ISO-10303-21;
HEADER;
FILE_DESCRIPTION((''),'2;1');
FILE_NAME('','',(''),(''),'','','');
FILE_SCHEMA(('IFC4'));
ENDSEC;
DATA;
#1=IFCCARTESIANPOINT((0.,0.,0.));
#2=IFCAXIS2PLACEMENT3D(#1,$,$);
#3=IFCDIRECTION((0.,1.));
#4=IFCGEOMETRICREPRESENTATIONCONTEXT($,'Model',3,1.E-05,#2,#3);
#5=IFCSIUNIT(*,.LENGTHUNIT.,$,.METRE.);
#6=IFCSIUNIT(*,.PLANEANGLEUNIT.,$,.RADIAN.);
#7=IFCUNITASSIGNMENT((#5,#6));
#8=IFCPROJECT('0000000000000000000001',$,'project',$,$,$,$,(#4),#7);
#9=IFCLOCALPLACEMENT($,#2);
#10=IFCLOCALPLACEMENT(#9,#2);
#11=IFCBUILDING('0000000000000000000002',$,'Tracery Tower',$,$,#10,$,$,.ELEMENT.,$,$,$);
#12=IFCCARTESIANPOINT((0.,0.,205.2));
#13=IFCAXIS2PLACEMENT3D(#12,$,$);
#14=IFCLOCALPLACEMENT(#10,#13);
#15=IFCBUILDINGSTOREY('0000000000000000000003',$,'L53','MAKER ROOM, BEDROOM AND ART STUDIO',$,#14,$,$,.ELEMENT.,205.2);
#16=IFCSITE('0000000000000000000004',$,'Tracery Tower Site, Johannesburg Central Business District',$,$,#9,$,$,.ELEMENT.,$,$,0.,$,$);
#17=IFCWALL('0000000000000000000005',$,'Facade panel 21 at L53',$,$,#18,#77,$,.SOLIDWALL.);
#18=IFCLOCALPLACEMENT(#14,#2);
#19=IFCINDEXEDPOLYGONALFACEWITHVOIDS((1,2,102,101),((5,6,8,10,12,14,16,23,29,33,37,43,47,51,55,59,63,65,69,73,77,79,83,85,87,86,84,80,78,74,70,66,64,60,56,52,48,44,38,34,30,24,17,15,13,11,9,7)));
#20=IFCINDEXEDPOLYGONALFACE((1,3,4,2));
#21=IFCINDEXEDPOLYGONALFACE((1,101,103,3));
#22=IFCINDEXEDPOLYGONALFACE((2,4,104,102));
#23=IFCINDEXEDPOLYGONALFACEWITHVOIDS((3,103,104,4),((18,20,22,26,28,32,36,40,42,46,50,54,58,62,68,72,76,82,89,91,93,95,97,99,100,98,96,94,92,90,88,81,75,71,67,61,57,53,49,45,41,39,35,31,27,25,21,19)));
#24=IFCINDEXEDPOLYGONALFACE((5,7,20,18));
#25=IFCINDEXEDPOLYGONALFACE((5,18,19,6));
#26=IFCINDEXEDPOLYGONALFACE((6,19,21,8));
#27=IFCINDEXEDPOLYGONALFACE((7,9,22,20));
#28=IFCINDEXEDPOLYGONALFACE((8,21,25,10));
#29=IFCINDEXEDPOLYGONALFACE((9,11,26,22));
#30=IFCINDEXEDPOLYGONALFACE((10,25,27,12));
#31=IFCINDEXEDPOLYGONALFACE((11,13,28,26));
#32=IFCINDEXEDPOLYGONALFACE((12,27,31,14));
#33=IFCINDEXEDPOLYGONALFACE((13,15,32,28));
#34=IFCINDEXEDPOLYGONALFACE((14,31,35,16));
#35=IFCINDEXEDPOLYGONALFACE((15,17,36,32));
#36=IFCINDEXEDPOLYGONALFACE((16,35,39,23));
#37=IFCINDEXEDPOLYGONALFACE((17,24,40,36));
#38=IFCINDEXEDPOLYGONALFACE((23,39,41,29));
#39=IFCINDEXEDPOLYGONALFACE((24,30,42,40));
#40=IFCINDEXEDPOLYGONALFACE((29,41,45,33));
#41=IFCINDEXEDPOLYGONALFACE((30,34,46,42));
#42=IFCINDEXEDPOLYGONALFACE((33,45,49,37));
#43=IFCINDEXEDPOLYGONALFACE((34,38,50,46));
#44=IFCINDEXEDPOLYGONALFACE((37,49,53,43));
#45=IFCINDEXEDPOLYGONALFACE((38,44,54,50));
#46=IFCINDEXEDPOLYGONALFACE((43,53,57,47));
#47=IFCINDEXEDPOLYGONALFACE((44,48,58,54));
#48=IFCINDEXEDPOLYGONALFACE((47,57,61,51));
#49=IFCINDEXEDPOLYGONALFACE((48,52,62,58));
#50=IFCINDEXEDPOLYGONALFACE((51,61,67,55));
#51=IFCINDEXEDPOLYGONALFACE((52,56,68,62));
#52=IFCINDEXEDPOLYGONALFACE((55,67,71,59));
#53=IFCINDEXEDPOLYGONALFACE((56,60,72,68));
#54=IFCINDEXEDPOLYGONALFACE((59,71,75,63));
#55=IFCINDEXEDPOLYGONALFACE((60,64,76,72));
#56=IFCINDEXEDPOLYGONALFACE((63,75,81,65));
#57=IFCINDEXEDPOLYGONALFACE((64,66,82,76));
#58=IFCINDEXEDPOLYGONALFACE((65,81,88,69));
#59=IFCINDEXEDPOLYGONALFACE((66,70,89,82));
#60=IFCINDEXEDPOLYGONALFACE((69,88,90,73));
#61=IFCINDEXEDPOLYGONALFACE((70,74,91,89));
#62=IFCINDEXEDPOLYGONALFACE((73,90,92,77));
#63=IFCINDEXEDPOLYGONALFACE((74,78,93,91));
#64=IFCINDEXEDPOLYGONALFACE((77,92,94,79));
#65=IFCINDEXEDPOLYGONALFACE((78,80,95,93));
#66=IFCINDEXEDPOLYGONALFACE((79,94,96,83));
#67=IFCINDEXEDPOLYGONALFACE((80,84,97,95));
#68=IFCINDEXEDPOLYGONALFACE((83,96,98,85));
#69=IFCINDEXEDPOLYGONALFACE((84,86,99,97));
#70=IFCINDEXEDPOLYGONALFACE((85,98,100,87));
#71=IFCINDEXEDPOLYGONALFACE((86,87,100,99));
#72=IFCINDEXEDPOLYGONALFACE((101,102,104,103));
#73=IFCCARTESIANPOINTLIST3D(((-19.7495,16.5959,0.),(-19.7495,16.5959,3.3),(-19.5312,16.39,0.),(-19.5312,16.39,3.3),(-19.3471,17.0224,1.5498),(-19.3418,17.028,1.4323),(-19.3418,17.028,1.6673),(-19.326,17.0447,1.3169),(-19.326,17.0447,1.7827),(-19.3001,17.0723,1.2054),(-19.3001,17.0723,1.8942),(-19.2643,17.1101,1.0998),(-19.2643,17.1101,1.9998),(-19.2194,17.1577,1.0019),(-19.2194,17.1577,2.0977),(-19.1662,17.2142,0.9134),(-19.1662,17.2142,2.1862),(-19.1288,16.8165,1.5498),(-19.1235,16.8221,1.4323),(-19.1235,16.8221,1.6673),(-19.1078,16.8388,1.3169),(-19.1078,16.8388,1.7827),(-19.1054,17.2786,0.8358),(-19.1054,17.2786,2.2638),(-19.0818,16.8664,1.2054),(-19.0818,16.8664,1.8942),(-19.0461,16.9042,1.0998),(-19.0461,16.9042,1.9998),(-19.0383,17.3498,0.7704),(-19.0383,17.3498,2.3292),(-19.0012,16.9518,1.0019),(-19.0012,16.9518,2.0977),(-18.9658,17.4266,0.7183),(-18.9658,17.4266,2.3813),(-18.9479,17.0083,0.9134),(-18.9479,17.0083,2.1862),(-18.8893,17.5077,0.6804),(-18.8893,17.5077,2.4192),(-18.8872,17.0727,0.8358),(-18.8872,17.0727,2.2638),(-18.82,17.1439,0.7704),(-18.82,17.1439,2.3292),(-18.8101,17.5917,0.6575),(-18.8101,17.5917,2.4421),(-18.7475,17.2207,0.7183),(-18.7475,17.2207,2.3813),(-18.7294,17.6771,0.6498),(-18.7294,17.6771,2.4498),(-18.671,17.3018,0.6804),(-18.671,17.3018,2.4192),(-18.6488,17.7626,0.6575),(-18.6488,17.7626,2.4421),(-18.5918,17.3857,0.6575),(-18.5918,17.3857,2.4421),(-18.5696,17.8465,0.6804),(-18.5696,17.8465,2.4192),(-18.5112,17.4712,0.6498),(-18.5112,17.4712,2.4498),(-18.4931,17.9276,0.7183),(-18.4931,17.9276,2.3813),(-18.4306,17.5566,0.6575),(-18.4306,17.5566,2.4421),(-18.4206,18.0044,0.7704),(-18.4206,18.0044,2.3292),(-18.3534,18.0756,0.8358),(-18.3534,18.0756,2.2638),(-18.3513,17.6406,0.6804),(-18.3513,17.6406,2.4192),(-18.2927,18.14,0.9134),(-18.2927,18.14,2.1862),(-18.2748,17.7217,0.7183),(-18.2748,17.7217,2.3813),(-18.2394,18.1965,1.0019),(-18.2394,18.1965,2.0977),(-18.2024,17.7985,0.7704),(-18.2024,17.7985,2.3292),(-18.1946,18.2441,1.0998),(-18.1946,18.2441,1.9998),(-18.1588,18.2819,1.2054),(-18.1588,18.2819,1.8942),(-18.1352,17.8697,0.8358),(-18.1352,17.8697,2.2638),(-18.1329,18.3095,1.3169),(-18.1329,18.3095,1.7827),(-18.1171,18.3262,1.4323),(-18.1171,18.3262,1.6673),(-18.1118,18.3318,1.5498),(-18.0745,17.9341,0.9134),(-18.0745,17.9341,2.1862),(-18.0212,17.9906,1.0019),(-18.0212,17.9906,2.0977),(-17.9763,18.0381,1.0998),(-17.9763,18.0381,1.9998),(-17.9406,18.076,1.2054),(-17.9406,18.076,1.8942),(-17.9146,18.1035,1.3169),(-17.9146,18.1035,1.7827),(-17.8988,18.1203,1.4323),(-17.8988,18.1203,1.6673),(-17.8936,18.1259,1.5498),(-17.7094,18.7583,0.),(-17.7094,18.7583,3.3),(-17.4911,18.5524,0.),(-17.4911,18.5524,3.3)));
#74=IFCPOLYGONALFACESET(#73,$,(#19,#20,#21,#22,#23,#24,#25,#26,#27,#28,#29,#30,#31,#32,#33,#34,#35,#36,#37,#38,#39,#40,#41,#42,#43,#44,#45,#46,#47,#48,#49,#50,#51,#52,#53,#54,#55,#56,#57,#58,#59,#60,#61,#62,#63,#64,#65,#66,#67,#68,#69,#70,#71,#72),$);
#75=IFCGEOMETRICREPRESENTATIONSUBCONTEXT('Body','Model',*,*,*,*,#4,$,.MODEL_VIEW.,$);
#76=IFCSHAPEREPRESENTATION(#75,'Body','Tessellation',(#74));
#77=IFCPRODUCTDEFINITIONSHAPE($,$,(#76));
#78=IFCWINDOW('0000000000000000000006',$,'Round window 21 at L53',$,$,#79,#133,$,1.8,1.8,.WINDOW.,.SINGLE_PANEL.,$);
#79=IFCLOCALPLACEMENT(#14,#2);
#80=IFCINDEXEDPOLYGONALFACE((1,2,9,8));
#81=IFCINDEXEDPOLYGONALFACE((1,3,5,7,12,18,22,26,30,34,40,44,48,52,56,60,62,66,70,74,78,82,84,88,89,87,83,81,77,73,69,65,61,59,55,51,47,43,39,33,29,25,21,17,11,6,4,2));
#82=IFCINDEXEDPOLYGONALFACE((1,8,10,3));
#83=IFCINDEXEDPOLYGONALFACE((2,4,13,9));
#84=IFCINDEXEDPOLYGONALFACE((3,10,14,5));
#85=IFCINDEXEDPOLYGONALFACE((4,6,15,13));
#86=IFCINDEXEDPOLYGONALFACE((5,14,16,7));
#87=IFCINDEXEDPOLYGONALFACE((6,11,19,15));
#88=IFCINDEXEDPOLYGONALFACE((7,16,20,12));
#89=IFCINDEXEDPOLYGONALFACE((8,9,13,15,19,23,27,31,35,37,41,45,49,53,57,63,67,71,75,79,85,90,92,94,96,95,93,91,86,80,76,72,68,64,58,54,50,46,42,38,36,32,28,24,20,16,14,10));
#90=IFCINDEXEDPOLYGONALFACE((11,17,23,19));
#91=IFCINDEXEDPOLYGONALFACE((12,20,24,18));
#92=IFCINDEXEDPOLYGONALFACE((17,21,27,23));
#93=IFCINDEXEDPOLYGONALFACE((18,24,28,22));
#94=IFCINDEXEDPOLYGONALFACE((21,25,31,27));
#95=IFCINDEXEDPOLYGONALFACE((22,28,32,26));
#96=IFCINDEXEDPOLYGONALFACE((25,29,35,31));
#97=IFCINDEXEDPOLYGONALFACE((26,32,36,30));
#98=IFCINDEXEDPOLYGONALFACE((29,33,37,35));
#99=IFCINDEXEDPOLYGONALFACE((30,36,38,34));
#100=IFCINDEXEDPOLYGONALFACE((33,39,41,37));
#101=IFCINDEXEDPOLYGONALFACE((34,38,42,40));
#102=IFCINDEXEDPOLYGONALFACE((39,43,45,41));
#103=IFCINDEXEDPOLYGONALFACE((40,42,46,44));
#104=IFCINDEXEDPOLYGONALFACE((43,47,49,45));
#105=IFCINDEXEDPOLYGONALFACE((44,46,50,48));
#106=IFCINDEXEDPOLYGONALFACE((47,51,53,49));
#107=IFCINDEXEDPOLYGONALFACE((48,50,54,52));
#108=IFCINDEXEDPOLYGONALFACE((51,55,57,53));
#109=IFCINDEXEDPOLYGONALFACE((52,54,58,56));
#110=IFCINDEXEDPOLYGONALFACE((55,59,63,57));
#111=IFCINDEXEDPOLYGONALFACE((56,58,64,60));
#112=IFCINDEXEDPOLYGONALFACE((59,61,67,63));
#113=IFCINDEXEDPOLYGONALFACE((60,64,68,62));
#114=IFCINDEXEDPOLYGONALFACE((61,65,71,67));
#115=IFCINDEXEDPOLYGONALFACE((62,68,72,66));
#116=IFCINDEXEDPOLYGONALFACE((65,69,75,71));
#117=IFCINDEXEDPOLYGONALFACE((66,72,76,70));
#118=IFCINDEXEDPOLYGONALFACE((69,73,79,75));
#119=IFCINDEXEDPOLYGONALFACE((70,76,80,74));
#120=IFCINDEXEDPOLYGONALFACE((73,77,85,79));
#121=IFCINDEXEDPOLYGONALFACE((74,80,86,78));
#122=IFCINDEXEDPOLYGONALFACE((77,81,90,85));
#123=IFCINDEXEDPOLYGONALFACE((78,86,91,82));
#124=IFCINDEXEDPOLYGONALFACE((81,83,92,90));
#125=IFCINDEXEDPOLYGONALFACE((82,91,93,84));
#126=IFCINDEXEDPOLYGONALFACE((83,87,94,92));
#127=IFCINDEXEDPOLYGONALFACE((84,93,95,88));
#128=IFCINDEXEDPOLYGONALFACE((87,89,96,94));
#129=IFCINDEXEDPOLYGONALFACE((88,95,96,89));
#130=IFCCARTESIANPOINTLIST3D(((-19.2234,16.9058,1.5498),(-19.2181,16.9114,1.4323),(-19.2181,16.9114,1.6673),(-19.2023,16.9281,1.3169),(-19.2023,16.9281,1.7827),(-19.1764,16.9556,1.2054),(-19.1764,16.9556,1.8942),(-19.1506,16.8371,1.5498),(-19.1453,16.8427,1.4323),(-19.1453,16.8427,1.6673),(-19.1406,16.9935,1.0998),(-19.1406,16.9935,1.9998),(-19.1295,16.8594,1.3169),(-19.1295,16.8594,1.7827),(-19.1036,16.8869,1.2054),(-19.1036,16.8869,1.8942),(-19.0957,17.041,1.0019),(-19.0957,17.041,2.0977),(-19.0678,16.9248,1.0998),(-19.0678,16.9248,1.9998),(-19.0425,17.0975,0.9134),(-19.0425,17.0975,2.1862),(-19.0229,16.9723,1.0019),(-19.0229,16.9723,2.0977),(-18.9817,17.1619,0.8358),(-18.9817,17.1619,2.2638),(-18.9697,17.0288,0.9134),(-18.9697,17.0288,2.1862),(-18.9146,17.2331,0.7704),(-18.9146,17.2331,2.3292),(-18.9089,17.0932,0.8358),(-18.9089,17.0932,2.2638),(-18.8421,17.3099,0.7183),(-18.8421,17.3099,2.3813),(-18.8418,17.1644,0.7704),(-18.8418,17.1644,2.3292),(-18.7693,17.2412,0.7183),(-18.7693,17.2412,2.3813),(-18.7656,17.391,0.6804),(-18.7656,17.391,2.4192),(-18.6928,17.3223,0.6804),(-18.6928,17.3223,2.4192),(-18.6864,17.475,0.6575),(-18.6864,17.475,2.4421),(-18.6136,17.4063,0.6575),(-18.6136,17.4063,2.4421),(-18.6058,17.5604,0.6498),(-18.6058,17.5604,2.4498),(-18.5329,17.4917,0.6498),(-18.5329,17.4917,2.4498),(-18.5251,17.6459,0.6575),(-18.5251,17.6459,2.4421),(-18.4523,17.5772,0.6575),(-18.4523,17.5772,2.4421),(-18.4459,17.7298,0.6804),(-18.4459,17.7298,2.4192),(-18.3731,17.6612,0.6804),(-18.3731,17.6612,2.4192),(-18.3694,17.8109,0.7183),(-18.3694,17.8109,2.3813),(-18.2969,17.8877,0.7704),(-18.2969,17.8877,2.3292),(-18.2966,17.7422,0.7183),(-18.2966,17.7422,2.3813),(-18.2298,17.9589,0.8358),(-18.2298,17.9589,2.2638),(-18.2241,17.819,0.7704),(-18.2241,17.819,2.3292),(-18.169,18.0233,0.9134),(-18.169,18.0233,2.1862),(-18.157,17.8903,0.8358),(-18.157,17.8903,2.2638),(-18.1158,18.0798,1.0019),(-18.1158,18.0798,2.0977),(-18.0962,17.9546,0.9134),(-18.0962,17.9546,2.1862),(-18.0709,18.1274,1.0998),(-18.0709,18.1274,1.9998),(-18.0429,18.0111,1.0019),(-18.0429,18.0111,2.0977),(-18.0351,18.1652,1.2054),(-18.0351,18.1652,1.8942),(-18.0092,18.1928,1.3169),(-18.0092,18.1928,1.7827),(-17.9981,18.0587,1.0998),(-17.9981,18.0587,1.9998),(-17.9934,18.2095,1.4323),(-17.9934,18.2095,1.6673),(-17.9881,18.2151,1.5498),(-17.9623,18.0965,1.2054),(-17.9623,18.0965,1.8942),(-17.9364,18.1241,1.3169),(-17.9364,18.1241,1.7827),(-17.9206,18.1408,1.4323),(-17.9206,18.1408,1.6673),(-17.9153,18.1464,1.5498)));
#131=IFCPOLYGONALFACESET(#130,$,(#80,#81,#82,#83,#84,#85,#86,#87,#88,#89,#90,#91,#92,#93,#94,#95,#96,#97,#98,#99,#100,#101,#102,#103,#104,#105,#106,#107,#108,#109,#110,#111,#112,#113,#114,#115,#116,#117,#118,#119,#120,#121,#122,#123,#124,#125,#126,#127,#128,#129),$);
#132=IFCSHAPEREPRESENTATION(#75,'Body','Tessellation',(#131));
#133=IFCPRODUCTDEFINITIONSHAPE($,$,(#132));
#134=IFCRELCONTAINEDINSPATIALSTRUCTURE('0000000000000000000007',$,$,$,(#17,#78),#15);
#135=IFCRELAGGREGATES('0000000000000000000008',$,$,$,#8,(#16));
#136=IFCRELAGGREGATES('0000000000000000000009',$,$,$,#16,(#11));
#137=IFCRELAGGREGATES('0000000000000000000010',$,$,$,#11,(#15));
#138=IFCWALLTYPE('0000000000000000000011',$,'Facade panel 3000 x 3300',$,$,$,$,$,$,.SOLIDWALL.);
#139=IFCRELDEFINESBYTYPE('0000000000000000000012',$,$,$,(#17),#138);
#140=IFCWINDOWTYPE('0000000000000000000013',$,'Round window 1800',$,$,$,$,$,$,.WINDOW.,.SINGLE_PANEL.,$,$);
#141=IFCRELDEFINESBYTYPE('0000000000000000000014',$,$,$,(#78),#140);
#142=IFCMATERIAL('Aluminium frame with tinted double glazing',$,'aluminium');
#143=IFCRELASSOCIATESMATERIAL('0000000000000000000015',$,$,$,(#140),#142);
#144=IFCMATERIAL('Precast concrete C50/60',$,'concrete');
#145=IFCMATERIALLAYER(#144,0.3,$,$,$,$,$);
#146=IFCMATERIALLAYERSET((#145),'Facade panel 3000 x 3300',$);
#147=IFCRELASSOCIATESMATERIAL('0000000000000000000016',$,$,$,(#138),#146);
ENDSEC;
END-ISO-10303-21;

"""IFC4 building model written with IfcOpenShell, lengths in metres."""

from ifc_helpers import new_model, si_unit, direction, frame, frame_2d, origin, origin_2d, place, context, subcontext, project, spatial, rectangle, circle, extrude, material, layer, layer_set, type_object, element, fill, save


model = new_model("IFC4")

# Units and contexts
model_context = context("Model", 3, precision=1e-05, world=origin(), true_north=direction((0.0, 1.0)))
body_context = subcontext(model_context, "Body", "Model", "MODEL_VIEW")
ifc_project = project(units=[si_unit("LENGTHUNIT", "METRE"), si_unit("PLANEANGLEUNIT", "RADIAN")], contexts=[model_context])

# Site, building, storey
site_placement = place(None, origin())
site = spatial("IfcSite", under=ifc_project, at=site_placement, Name="Tracery Tower Site, Johannesburg Central Business District", CompositionType="ELEMENT", RefElevation=0.0)
building_placement = place(site_placement, origin())
building = spatial("IfcBuilding", under=site, at=building_placement, Name="Tracery Tower", CompositionType="ELEMENT")
storey_placement = place(building_placement, frame((0.0, 0.0, 205.2)))
storey = spatial("IfcBuildingStorey", under=building, at=storey_placement, Name="L53", Description="MAKER ROOM, BEDROOM AND ART STUDIO", CompositionType="ELEMENT", Elevation=205.2)

# Wall, opening, window
ifc_material_1 = material(Name="Aluminium frame with tinted double glazing", Category="aluminium")
window_type = type_object("IfcWindowType", Name="Round window 1800", PartitioningType="SINGLE_PANEL", PredefinedType="WINDOW", material=ifc_material_1)
ifc_material_2 = material(Name="Precast concrete C50/60", Category="concrete")
ifc_layer_1 = layer(ifc_material_2, 0.3)
ifc_layer_set_1 = layer_set([ifc_layer_1], Name="Facade panel 3000 x 3300")
wall_type_1 = type_object("IfcWallType", Name="Facade panel 3000 x 3300", PredefinedType="SOLIDWALL", material=ifc_layer_set_1)
wall_1_placement = place(storey_placement, frame((-17.6003, 18.6553, 0.0), z_axis=(0.0, 0.0, 1.0), x_axis=(-0.686235, -0.72738, 0.0)))
wall_1 = element("IfcWall", 1, at=wall_1_placement, inside=storey, type_object=wall_type_1, Name="Facade panel 21 at L53", PredefinedType="SOLIDWALL", context=body_context, shape_type="SweptSolid", body=[
    extrude(rectangle(XDim=2.9729, YDim=0.3, at=frame_2d((1.4863, 0.0))), origin(), (0.0, 0.0, 1.0), 3.3),
])
opening_1_placement = place(wall_1_placement, frame((1.4863, 0.0, 1.5498)))
opening_1 = element("IfcOpeningElement", 2, at=opening_1_placement, cuts=wall_1, PredefinedType="OPENING", context=body_context, shape_type="SweptSolid", body=[
    extrude(circle(Radius=0.9, at=origin_2d()), frame((0.0, 0.1599, 0.0), z_axis=(0.0, -1.0, 0.0), x_axis=(1.0, 0.0, 0.0)), (0.0, 0.0, 1.0), 0.3201),
])
window_1_placement = place(opening_1_placement, origin())
window_1 = element("IfcWindow", 3, at=window_1_placement, inside=storey, type_object=window_type, Name="Round window 21 at L53", OverallHeight=1.8, OverallWidth=1.8, PartitioningType="SINGLE_PANEL", PredefinedType="WINDOW", context=body_context, shape_type="SweptSolid", body=[
    extrude(circle(Radius=0.9, at=origin_2d()), frame((0.0, 0.1201, 0.0), z_axis=(0.0, -1.0, 0.0), x_axis=(1.0, 0.0, 0.0)), (0.0, 0.0, 1.0), 0.1001),
])
fill(opening_1, window_1)

save(model, "model.ifc")
